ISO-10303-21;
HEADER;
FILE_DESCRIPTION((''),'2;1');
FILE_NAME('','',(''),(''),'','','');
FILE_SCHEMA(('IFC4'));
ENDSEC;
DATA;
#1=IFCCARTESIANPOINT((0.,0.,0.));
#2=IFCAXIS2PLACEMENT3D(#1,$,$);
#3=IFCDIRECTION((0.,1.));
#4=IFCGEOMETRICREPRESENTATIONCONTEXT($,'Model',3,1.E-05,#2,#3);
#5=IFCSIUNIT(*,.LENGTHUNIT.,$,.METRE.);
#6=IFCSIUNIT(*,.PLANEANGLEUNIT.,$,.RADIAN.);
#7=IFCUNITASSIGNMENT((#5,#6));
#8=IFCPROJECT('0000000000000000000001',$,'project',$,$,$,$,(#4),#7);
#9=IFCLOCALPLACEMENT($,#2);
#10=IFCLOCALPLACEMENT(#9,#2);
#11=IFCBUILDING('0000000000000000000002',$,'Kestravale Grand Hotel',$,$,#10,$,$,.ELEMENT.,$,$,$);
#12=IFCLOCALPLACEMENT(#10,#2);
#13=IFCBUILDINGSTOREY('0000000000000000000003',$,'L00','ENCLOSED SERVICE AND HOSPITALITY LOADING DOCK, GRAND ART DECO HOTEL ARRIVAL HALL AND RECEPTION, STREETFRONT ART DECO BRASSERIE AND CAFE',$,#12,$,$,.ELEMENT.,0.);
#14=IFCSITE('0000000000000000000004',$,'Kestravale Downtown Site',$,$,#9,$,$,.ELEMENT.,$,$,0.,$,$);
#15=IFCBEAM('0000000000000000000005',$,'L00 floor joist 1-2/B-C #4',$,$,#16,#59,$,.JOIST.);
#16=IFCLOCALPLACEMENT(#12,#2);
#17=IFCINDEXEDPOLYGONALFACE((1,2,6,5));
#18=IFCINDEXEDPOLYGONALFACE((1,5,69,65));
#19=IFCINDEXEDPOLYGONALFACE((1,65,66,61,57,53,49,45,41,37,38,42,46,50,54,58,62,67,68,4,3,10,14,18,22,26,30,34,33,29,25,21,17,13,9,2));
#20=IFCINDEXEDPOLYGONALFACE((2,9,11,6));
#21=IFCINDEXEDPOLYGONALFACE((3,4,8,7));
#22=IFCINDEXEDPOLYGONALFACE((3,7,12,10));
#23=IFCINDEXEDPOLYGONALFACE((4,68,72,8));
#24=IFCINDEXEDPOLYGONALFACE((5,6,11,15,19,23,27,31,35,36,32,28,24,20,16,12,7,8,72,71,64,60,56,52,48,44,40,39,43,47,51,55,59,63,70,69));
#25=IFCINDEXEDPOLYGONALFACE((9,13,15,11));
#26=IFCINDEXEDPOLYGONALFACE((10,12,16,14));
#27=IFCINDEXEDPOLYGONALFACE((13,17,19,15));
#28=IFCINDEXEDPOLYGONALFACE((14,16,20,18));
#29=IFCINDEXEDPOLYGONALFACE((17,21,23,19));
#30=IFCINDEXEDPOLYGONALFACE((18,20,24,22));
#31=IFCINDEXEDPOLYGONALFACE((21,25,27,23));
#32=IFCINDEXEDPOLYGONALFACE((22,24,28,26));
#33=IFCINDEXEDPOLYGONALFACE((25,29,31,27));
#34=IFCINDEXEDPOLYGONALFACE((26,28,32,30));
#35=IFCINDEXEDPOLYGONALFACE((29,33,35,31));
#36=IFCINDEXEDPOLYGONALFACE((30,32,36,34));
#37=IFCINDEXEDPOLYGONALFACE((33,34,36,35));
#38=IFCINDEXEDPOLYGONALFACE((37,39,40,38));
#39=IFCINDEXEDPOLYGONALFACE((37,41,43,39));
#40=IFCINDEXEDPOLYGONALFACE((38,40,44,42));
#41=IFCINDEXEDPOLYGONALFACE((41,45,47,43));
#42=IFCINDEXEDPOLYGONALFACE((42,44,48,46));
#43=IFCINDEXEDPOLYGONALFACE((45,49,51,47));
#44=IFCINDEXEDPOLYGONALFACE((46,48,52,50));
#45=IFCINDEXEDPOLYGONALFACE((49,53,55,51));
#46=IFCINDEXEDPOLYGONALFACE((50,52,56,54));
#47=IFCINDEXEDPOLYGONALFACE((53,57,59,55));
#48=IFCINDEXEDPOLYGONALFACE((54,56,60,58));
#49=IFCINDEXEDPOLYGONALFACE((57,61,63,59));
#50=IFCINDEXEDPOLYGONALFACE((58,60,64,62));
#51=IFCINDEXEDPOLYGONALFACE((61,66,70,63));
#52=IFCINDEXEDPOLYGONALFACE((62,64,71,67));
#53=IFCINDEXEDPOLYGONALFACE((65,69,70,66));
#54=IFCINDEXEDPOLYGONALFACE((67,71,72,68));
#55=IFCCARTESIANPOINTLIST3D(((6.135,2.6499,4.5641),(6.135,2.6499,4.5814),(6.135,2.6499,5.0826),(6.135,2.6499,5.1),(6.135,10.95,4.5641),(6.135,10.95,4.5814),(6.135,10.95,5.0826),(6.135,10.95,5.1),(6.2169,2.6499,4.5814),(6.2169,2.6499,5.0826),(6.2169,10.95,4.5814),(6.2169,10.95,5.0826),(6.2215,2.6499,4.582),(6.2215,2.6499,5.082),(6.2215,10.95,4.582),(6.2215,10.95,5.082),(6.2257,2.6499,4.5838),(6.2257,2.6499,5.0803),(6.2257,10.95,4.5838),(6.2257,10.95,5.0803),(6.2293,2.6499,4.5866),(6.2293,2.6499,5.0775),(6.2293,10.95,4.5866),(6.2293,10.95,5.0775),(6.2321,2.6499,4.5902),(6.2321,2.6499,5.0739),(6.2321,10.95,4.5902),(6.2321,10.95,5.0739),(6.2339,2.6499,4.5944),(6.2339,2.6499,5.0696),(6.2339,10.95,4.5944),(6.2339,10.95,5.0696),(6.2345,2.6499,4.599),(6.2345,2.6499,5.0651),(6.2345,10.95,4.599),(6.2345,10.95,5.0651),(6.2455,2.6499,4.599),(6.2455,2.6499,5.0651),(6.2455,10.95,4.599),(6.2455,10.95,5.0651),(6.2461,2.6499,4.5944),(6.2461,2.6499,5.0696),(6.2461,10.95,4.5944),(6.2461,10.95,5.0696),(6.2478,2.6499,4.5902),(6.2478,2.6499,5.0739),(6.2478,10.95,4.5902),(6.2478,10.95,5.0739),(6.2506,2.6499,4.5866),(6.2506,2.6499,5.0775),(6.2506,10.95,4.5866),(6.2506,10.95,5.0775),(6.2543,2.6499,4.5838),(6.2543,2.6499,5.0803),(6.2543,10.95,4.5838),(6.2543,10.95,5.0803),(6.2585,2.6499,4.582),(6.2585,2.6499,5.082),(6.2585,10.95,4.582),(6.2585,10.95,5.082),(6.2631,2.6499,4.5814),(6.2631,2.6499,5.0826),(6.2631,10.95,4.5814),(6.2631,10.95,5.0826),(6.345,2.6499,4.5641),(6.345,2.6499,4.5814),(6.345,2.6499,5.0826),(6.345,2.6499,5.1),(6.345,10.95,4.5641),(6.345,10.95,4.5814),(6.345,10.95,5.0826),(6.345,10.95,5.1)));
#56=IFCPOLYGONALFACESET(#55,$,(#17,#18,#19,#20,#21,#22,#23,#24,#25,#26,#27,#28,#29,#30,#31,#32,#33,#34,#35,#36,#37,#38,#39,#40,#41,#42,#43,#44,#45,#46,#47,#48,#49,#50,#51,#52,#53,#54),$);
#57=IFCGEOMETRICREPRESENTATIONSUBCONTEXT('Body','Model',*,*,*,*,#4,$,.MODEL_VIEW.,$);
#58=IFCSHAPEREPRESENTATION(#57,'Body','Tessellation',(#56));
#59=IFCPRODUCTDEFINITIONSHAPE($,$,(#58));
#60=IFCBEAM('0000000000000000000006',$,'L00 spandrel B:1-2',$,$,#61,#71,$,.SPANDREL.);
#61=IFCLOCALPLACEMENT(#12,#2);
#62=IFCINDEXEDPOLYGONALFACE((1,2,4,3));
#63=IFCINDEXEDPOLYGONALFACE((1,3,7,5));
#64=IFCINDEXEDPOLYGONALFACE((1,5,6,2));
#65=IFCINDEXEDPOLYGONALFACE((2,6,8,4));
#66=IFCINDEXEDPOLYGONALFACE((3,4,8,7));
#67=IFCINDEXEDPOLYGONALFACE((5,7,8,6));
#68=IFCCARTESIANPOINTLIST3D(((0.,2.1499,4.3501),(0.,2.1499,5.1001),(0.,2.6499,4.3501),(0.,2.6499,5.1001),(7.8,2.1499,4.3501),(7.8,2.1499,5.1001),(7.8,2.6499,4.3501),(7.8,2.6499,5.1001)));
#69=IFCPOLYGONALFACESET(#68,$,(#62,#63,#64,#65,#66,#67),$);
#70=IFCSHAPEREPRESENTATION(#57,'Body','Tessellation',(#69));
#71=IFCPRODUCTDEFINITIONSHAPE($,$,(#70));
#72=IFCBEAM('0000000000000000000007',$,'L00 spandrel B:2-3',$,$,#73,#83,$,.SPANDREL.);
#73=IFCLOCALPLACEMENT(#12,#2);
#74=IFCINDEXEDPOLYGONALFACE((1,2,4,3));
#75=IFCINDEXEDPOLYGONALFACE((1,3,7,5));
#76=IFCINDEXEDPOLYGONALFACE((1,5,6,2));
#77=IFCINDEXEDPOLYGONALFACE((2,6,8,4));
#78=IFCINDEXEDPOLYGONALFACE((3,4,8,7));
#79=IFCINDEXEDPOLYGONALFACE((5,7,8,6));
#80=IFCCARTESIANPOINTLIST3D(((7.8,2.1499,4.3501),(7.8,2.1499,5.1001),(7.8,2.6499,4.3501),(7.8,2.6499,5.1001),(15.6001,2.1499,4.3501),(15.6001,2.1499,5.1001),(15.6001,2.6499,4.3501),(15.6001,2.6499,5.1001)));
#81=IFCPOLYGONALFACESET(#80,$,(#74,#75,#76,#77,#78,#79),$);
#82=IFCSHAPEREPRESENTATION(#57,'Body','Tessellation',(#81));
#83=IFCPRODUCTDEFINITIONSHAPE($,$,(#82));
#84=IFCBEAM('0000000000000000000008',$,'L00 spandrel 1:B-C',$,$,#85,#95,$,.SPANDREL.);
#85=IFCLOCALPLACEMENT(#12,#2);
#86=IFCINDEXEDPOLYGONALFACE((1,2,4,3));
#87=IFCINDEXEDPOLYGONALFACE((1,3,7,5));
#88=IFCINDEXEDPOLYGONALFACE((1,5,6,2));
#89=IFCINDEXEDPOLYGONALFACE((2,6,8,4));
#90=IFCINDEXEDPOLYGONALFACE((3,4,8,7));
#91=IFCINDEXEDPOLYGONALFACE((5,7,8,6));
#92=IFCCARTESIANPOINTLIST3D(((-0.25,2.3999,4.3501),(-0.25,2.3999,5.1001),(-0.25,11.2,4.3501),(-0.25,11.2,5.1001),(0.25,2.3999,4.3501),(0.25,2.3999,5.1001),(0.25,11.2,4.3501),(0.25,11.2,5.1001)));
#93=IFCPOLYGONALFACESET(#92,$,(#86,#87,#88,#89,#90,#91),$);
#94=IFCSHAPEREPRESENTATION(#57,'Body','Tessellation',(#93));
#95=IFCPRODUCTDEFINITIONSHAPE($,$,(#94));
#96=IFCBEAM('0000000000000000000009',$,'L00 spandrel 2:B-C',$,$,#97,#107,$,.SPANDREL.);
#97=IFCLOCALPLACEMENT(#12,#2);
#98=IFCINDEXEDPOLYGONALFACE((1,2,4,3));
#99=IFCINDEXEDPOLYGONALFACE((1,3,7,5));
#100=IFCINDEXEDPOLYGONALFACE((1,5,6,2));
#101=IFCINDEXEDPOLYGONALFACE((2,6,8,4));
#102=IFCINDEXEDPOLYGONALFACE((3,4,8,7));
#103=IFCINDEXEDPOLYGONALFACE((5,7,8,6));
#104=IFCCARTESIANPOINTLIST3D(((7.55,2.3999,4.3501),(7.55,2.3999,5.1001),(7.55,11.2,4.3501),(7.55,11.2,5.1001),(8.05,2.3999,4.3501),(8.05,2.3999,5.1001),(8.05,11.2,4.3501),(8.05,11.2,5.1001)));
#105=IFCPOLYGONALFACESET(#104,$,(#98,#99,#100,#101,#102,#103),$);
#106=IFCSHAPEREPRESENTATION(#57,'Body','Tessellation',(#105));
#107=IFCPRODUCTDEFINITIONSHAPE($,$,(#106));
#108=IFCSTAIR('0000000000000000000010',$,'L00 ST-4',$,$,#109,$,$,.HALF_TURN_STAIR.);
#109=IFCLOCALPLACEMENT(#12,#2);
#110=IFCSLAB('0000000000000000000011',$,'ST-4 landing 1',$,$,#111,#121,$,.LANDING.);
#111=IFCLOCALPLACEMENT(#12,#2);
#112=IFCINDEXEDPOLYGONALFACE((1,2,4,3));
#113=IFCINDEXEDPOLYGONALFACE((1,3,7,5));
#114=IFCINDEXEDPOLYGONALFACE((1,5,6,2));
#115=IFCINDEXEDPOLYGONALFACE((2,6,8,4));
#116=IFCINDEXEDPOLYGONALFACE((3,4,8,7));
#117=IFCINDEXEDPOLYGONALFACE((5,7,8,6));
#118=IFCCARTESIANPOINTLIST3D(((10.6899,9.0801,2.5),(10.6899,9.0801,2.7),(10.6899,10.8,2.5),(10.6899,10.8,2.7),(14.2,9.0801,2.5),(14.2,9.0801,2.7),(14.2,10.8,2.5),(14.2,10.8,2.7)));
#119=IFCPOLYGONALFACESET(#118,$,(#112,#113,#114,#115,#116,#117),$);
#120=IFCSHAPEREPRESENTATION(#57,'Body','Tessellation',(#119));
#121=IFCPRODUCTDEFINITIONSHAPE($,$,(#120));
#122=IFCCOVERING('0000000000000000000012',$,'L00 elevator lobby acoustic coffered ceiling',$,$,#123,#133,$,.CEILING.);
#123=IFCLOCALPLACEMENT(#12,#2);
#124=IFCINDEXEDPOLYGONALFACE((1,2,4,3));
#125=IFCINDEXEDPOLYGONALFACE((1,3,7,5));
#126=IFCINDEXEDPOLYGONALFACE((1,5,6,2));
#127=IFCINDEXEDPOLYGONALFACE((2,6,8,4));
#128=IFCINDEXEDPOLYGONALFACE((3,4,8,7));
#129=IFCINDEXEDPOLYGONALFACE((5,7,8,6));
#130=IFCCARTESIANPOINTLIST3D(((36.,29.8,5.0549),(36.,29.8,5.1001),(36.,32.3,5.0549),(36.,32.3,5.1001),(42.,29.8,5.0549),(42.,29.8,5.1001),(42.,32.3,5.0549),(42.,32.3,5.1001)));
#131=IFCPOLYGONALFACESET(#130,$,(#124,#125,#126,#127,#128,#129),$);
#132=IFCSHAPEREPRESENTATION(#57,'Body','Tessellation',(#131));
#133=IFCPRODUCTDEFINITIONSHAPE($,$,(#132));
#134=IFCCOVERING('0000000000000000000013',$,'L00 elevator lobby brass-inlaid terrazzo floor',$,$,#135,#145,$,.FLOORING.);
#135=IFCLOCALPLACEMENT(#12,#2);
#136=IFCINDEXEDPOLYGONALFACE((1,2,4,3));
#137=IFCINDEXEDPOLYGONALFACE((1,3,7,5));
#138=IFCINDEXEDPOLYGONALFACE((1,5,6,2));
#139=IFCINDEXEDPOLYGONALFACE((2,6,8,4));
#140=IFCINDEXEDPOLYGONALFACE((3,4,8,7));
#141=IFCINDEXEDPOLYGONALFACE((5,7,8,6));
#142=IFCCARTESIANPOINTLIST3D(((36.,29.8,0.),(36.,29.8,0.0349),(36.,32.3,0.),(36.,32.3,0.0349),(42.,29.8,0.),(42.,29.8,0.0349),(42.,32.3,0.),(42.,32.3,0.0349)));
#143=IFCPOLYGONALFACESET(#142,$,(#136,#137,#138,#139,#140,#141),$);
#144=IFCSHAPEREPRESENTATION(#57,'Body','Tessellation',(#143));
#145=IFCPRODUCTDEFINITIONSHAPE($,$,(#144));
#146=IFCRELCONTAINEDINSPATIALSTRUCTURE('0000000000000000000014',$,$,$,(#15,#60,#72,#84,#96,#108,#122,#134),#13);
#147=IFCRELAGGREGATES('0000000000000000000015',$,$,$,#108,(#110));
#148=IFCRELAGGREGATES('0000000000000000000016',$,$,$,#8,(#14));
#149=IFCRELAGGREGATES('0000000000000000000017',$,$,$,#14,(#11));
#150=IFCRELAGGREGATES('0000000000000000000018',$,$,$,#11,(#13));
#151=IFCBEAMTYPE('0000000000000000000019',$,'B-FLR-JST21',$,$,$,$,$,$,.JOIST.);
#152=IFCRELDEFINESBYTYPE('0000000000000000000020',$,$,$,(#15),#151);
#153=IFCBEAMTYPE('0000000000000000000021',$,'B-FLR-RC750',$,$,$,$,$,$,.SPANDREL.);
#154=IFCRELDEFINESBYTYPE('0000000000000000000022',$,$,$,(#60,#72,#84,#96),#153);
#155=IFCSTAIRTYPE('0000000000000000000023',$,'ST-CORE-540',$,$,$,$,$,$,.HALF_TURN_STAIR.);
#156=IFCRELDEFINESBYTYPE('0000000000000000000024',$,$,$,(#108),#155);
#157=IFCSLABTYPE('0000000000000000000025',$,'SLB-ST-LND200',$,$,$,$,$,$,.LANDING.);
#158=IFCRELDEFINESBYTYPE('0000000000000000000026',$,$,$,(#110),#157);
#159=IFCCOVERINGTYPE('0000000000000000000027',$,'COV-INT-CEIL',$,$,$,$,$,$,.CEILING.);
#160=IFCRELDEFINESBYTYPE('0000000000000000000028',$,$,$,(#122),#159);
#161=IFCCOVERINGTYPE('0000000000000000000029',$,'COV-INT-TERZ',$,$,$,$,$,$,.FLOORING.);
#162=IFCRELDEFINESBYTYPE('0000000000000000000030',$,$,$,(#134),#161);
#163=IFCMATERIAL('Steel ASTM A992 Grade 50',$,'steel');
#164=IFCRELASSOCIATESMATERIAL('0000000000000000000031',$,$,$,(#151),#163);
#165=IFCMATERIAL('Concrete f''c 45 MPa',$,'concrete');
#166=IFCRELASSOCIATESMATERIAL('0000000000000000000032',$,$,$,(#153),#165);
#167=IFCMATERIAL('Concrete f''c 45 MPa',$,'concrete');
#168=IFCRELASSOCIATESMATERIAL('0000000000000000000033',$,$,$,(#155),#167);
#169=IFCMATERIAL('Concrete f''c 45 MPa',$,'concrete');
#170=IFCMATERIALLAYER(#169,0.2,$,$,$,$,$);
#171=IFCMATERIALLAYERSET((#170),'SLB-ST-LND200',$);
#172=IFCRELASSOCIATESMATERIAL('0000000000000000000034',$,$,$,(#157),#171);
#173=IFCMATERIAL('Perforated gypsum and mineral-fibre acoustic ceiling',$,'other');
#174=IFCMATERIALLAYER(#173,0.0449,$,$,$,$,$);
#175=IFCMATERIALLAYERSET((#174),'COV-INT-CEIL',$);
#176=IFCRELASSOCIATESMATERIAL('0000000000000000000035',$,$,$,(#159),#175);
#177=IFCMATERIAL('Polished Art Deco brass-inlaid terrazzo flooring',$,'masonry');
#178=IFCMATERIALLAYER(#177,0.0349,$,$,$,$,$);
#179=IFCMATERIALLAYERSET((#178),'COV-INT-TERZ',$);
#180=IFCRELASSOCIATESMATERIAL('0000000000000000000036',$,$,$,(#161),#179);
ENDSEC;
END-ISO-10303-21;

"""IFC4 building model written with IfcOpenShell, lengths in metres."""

from ifc_helpers import new_model, si_unit, direction, frame, origin, origin_2d, place, context, subcontext, project, spatial, polyline, rectangle, i_section, outline, extrude, material, layer, layer_set, material_profile, profile_set, type_object, element, aggregate, save


model = new_model("IFC4")

# Units and contexts
model_context = context("Model", 3, precision=1e-05, world=origin(), true_north=direction((0.0, 1.0)))
body_context = subcontext(model_context, "Body", "Model", "MODEL_VIEW")
ifc_project = project(units=[si_unit("LENGTHUNIT", "METRE"), si_unit("PLANEANGLEUNIT", "RADIAN")], contexts=[model_context])

# Site, building, storey
site_placement = place(None, origin())
site = spatial("IfcSite", under=ifc_project, at=site_placement, Name="Kestravale Downtown Site", CompositionType="ELEMENT", RefElevation=0.0)
building_placement = place(site_placement, origin())
building = spatial("IfcBuilding", under=site, at=building_placement, Name="Kestravale Grand Hotel", CompositionType="ELEMENT")
storey_placement = place(building_placement, origin())
storey = spatial("IfcBuildingStorey", under=building, at=storey_placement, Name="L00", Description="ENCLOSED SERVICE AND HOSPITALITY LOADING DOCK, GRAND ART DECO HOTEL ARRIVAL HALL AND RECEPTION, STREETFRONT ART DECO BRASSERIE AND CAFE", CompositionType="ELEMENT", Elevation=0.0)

# Beams
ifc_material_1 = material(Name="Steel ASTM A992 Grade 50", Category="steel")
ifc_material_profile_1 = material_profile(ifc_material_1, i_section(OverallWidth=0.21, OverallDepth=0.5359, WebThickness=0.011, FlangeThickness=0.0173, FilletRadius=0.0176, at=origin_2d()))
ifc_profile_set_1 = profile_set([ifc_material_profile_1], Name="Steel ASTM A992 Grade 50")
beam_type_1 = type_object("IfcBeamType", Name="B-FLR-JST21", PredefinedType="JOIST", material=ifc_profile_set_1)
for number, where, z_axis, x_axis, name in (
    (1, (6.24, 2.6499, 4.832), (0.0, 1.0, 0.0), (-1.0, 0.0, 0.0), "L00 floor joist 1-2/B-C #4"),
):
    element("IfcBeam", number, at=place(storey_placement, frame(where, z_axis=z_axis, x_axis=x_axis)), inside=storey, type_object=beam_type_1, Name=name, PredefinedType="JOIST", context=body_context, shape_type="SweptSolid", body=[
        extrude(i_section(OverallWidth=0.21, OverallDepth=0.5359, WebThickness=0.011, FlangeThickness=0.0173, FilletRadius=0.0176, at=origin_2d()), origin(), (0.0, 0.0, 1.0), 8.3),
    ])
ifc_material_2 = material(Name="Concrete f'c 45 MPa", Category="concrete")
ifc_material_profile_2 = material_profile(ifc_material_2, rectangle(XDim=0.5, YDim=0.75, at=origin_2d()))
ifc_profile_set_2 = profile_set([ifc_material_profile_2], Name="Concrete f'c 45 MPa")
beam_type_2 = type_object("IfcBeamType", Name="B-FLR-RC750", PredefinedType="SPANDREL", material=ifc_profile_set_2)
for number, where, z_axis, x_axis, name in (
    (2, (0.0, 2.3999, 4.7251), (1.0, 0.0, 0.0), (0.0, 1.0, 0.0), "L00 spandrel B:1-2"),
    (3, (7.8, 2.3999, 4.7251), (1.0, 0.0, 0.0), (0.0, 1.0, 0.0), "L00 spandrel B:2-3"),
):
    element("IfcBeam", number, at=place(storey_placement, frame(where, z_axis=z_axis, x_axis=x_axis)), inside=storey, type_object=beam_type_2, Name=name, PredefinedType="SPANDREL", context=body_context, shape_type="SweptSolid", body=[
        extrude(rectangle(XDim=0.5, YDim=0.75, at=origin_2d()), origin(), (0.0, 0.0, 1.0), 7.8),
    ])
for number, where, z_axis, x_axis, name in (
    (4, (0.0, 2.3999, 4.7251), (0.0, 1.0, 0.0), (-1.0, 0.0, 0.0), "L00 spandrel 1:B-C"),
    (5, (7.8, 2.3999, 4.7251), (0.0, 1.0, 0.0), (-1.0, 0.0, 0.0), "L00 spandrel 2:B-C"),
):
    element("IfcBeam", number, at=place(storey_placement, frame(where, z_axis=z_axis, x_axis=x_axis)), inside=storey, type_object=beam_type_2, Name=name, PredefinedType="SPANDREL", context=body_context, shape_type="SweptSolid", body=[
        extrude(rectangle(XDim=0.5, YDim=0.75, at=origin_2d()), origin(), (0.0, 0.0, 1.0), 8.8),
    ])

# Stair, slab
ifc_material_3 = material(Name="Concrete f'c 45 MPa", Category="concrete")
stair_type = type_object("IfcStairType", Name="ST-CORE-540", PredefinedType="HALF_TURN_STAIR", material=ifc_material_3)
stair_placement = place(storey_placement, origin())
stair = element("IfcStair", 6, at=stair_placement, inside=storey, type_object=stair_type, Name="L00 ST-4", PredefinedType="HALF_TURN_STAIR")
ifc_material_4 = material(Name="Concrete f'c 45 MPa", Category="concrete")
ifc_layer_1 = layer(ifc_material_4, 0.2)
ifc_layer_set_1 = layer_set([ifc_layer_1], Name="SLB-ST-LND200")
slab_type = type_object("IfcSlabType", Name="SLB-ST-LND200", PredefinedType="LANDING", material=ifc_layer_set_1)
slab_placement = place(storey_placement, frame((0.0, 0.0, 2.5)))
slab = element("IfcSlab", 7, at=slab_placement, type_object=slab_type, Name="ST-4 landing 1", PredefinedType="LANDING", context=body_context, shape_type="SweptSolid", body=[
    extrude(outline(polyline([(14.2, 9.0801), (14.2, 10.8), (10.6899, 10.8), (10.6899, 9.0801), (14.2, 9.0801)])), origin(), (0.0, 0.0, 1.0), 0.2),
])
aggregate(stair, [slab])

# Coverings
ifc_material_5 = material(Name="Perforated gypsum and mineral-fibre acoustic ceiling", Category="other")
ifc_layer_2 = layer(ifc_material_5, 0.0449)
ifc_layer_set_2 = layer_set([ifc_layer_2], Name="COV-INT-CEIL")
covering_type_1 = type_object("IfcCoveringType", Name="COV-INT-CEIL", PredefinedType="CEILING", material=ifc_layer_set_2)
covering_1_placement = place(storey_placement, frame((0.0, 0.0, 5.0549)))
element("IfcCovering", 8, at=covering_1_placement, inside=storey, type_object=covering_type_1, Name="L00 elevator lobby acoustic coffered ceiling", PredefinedType="CEILING", context=body_context, shape_type="SweptSolid", body=[
    extrude(outline(polyline([(36.0, 29.8), (42.0, 29.8), (42.0, 32.3), (36.0, 32.3), (36.0, 29.8)])), origin(), (0.0, 0.0, 1.0), 0.0452),
])
ifc_material_6 = material(Name="Polished Art Deco brass-inlaid terrazzo flooring", Category="masonry")
ifc_layer_3 = layer(ifc_material_6, 0.0349)
ifc_layer_set_3 = layer_set([ifc_layer_3], Name="COV-INT-TERZ")
covering_type_2 = type_object("IfcCoveringType", Name="COV-INT-TERZ", PredefinedType="FLOORING", material=ifc_layer_set_3)
covering_2_placement = place(storey_placement, origin())
element("IfcCovering", 9, at=covering_2_placement, inside=storey, type_object=covering_type_2, Name="L00 elevator lobby brass-inlaid terrazzo floor", PredefinedType="FLOORING", context=body_context, shape_type="SweptSolid", body=[
    extrude(outline(polyline([(36.0, 29.8), (42.0, 29.8), (42.0, 32.3), (36.0, 32.3), (36.0, 29.8)])), origin(), (0.0, 0.0, 1.0), 0.0349),
])

save(model, "model.ifc")
